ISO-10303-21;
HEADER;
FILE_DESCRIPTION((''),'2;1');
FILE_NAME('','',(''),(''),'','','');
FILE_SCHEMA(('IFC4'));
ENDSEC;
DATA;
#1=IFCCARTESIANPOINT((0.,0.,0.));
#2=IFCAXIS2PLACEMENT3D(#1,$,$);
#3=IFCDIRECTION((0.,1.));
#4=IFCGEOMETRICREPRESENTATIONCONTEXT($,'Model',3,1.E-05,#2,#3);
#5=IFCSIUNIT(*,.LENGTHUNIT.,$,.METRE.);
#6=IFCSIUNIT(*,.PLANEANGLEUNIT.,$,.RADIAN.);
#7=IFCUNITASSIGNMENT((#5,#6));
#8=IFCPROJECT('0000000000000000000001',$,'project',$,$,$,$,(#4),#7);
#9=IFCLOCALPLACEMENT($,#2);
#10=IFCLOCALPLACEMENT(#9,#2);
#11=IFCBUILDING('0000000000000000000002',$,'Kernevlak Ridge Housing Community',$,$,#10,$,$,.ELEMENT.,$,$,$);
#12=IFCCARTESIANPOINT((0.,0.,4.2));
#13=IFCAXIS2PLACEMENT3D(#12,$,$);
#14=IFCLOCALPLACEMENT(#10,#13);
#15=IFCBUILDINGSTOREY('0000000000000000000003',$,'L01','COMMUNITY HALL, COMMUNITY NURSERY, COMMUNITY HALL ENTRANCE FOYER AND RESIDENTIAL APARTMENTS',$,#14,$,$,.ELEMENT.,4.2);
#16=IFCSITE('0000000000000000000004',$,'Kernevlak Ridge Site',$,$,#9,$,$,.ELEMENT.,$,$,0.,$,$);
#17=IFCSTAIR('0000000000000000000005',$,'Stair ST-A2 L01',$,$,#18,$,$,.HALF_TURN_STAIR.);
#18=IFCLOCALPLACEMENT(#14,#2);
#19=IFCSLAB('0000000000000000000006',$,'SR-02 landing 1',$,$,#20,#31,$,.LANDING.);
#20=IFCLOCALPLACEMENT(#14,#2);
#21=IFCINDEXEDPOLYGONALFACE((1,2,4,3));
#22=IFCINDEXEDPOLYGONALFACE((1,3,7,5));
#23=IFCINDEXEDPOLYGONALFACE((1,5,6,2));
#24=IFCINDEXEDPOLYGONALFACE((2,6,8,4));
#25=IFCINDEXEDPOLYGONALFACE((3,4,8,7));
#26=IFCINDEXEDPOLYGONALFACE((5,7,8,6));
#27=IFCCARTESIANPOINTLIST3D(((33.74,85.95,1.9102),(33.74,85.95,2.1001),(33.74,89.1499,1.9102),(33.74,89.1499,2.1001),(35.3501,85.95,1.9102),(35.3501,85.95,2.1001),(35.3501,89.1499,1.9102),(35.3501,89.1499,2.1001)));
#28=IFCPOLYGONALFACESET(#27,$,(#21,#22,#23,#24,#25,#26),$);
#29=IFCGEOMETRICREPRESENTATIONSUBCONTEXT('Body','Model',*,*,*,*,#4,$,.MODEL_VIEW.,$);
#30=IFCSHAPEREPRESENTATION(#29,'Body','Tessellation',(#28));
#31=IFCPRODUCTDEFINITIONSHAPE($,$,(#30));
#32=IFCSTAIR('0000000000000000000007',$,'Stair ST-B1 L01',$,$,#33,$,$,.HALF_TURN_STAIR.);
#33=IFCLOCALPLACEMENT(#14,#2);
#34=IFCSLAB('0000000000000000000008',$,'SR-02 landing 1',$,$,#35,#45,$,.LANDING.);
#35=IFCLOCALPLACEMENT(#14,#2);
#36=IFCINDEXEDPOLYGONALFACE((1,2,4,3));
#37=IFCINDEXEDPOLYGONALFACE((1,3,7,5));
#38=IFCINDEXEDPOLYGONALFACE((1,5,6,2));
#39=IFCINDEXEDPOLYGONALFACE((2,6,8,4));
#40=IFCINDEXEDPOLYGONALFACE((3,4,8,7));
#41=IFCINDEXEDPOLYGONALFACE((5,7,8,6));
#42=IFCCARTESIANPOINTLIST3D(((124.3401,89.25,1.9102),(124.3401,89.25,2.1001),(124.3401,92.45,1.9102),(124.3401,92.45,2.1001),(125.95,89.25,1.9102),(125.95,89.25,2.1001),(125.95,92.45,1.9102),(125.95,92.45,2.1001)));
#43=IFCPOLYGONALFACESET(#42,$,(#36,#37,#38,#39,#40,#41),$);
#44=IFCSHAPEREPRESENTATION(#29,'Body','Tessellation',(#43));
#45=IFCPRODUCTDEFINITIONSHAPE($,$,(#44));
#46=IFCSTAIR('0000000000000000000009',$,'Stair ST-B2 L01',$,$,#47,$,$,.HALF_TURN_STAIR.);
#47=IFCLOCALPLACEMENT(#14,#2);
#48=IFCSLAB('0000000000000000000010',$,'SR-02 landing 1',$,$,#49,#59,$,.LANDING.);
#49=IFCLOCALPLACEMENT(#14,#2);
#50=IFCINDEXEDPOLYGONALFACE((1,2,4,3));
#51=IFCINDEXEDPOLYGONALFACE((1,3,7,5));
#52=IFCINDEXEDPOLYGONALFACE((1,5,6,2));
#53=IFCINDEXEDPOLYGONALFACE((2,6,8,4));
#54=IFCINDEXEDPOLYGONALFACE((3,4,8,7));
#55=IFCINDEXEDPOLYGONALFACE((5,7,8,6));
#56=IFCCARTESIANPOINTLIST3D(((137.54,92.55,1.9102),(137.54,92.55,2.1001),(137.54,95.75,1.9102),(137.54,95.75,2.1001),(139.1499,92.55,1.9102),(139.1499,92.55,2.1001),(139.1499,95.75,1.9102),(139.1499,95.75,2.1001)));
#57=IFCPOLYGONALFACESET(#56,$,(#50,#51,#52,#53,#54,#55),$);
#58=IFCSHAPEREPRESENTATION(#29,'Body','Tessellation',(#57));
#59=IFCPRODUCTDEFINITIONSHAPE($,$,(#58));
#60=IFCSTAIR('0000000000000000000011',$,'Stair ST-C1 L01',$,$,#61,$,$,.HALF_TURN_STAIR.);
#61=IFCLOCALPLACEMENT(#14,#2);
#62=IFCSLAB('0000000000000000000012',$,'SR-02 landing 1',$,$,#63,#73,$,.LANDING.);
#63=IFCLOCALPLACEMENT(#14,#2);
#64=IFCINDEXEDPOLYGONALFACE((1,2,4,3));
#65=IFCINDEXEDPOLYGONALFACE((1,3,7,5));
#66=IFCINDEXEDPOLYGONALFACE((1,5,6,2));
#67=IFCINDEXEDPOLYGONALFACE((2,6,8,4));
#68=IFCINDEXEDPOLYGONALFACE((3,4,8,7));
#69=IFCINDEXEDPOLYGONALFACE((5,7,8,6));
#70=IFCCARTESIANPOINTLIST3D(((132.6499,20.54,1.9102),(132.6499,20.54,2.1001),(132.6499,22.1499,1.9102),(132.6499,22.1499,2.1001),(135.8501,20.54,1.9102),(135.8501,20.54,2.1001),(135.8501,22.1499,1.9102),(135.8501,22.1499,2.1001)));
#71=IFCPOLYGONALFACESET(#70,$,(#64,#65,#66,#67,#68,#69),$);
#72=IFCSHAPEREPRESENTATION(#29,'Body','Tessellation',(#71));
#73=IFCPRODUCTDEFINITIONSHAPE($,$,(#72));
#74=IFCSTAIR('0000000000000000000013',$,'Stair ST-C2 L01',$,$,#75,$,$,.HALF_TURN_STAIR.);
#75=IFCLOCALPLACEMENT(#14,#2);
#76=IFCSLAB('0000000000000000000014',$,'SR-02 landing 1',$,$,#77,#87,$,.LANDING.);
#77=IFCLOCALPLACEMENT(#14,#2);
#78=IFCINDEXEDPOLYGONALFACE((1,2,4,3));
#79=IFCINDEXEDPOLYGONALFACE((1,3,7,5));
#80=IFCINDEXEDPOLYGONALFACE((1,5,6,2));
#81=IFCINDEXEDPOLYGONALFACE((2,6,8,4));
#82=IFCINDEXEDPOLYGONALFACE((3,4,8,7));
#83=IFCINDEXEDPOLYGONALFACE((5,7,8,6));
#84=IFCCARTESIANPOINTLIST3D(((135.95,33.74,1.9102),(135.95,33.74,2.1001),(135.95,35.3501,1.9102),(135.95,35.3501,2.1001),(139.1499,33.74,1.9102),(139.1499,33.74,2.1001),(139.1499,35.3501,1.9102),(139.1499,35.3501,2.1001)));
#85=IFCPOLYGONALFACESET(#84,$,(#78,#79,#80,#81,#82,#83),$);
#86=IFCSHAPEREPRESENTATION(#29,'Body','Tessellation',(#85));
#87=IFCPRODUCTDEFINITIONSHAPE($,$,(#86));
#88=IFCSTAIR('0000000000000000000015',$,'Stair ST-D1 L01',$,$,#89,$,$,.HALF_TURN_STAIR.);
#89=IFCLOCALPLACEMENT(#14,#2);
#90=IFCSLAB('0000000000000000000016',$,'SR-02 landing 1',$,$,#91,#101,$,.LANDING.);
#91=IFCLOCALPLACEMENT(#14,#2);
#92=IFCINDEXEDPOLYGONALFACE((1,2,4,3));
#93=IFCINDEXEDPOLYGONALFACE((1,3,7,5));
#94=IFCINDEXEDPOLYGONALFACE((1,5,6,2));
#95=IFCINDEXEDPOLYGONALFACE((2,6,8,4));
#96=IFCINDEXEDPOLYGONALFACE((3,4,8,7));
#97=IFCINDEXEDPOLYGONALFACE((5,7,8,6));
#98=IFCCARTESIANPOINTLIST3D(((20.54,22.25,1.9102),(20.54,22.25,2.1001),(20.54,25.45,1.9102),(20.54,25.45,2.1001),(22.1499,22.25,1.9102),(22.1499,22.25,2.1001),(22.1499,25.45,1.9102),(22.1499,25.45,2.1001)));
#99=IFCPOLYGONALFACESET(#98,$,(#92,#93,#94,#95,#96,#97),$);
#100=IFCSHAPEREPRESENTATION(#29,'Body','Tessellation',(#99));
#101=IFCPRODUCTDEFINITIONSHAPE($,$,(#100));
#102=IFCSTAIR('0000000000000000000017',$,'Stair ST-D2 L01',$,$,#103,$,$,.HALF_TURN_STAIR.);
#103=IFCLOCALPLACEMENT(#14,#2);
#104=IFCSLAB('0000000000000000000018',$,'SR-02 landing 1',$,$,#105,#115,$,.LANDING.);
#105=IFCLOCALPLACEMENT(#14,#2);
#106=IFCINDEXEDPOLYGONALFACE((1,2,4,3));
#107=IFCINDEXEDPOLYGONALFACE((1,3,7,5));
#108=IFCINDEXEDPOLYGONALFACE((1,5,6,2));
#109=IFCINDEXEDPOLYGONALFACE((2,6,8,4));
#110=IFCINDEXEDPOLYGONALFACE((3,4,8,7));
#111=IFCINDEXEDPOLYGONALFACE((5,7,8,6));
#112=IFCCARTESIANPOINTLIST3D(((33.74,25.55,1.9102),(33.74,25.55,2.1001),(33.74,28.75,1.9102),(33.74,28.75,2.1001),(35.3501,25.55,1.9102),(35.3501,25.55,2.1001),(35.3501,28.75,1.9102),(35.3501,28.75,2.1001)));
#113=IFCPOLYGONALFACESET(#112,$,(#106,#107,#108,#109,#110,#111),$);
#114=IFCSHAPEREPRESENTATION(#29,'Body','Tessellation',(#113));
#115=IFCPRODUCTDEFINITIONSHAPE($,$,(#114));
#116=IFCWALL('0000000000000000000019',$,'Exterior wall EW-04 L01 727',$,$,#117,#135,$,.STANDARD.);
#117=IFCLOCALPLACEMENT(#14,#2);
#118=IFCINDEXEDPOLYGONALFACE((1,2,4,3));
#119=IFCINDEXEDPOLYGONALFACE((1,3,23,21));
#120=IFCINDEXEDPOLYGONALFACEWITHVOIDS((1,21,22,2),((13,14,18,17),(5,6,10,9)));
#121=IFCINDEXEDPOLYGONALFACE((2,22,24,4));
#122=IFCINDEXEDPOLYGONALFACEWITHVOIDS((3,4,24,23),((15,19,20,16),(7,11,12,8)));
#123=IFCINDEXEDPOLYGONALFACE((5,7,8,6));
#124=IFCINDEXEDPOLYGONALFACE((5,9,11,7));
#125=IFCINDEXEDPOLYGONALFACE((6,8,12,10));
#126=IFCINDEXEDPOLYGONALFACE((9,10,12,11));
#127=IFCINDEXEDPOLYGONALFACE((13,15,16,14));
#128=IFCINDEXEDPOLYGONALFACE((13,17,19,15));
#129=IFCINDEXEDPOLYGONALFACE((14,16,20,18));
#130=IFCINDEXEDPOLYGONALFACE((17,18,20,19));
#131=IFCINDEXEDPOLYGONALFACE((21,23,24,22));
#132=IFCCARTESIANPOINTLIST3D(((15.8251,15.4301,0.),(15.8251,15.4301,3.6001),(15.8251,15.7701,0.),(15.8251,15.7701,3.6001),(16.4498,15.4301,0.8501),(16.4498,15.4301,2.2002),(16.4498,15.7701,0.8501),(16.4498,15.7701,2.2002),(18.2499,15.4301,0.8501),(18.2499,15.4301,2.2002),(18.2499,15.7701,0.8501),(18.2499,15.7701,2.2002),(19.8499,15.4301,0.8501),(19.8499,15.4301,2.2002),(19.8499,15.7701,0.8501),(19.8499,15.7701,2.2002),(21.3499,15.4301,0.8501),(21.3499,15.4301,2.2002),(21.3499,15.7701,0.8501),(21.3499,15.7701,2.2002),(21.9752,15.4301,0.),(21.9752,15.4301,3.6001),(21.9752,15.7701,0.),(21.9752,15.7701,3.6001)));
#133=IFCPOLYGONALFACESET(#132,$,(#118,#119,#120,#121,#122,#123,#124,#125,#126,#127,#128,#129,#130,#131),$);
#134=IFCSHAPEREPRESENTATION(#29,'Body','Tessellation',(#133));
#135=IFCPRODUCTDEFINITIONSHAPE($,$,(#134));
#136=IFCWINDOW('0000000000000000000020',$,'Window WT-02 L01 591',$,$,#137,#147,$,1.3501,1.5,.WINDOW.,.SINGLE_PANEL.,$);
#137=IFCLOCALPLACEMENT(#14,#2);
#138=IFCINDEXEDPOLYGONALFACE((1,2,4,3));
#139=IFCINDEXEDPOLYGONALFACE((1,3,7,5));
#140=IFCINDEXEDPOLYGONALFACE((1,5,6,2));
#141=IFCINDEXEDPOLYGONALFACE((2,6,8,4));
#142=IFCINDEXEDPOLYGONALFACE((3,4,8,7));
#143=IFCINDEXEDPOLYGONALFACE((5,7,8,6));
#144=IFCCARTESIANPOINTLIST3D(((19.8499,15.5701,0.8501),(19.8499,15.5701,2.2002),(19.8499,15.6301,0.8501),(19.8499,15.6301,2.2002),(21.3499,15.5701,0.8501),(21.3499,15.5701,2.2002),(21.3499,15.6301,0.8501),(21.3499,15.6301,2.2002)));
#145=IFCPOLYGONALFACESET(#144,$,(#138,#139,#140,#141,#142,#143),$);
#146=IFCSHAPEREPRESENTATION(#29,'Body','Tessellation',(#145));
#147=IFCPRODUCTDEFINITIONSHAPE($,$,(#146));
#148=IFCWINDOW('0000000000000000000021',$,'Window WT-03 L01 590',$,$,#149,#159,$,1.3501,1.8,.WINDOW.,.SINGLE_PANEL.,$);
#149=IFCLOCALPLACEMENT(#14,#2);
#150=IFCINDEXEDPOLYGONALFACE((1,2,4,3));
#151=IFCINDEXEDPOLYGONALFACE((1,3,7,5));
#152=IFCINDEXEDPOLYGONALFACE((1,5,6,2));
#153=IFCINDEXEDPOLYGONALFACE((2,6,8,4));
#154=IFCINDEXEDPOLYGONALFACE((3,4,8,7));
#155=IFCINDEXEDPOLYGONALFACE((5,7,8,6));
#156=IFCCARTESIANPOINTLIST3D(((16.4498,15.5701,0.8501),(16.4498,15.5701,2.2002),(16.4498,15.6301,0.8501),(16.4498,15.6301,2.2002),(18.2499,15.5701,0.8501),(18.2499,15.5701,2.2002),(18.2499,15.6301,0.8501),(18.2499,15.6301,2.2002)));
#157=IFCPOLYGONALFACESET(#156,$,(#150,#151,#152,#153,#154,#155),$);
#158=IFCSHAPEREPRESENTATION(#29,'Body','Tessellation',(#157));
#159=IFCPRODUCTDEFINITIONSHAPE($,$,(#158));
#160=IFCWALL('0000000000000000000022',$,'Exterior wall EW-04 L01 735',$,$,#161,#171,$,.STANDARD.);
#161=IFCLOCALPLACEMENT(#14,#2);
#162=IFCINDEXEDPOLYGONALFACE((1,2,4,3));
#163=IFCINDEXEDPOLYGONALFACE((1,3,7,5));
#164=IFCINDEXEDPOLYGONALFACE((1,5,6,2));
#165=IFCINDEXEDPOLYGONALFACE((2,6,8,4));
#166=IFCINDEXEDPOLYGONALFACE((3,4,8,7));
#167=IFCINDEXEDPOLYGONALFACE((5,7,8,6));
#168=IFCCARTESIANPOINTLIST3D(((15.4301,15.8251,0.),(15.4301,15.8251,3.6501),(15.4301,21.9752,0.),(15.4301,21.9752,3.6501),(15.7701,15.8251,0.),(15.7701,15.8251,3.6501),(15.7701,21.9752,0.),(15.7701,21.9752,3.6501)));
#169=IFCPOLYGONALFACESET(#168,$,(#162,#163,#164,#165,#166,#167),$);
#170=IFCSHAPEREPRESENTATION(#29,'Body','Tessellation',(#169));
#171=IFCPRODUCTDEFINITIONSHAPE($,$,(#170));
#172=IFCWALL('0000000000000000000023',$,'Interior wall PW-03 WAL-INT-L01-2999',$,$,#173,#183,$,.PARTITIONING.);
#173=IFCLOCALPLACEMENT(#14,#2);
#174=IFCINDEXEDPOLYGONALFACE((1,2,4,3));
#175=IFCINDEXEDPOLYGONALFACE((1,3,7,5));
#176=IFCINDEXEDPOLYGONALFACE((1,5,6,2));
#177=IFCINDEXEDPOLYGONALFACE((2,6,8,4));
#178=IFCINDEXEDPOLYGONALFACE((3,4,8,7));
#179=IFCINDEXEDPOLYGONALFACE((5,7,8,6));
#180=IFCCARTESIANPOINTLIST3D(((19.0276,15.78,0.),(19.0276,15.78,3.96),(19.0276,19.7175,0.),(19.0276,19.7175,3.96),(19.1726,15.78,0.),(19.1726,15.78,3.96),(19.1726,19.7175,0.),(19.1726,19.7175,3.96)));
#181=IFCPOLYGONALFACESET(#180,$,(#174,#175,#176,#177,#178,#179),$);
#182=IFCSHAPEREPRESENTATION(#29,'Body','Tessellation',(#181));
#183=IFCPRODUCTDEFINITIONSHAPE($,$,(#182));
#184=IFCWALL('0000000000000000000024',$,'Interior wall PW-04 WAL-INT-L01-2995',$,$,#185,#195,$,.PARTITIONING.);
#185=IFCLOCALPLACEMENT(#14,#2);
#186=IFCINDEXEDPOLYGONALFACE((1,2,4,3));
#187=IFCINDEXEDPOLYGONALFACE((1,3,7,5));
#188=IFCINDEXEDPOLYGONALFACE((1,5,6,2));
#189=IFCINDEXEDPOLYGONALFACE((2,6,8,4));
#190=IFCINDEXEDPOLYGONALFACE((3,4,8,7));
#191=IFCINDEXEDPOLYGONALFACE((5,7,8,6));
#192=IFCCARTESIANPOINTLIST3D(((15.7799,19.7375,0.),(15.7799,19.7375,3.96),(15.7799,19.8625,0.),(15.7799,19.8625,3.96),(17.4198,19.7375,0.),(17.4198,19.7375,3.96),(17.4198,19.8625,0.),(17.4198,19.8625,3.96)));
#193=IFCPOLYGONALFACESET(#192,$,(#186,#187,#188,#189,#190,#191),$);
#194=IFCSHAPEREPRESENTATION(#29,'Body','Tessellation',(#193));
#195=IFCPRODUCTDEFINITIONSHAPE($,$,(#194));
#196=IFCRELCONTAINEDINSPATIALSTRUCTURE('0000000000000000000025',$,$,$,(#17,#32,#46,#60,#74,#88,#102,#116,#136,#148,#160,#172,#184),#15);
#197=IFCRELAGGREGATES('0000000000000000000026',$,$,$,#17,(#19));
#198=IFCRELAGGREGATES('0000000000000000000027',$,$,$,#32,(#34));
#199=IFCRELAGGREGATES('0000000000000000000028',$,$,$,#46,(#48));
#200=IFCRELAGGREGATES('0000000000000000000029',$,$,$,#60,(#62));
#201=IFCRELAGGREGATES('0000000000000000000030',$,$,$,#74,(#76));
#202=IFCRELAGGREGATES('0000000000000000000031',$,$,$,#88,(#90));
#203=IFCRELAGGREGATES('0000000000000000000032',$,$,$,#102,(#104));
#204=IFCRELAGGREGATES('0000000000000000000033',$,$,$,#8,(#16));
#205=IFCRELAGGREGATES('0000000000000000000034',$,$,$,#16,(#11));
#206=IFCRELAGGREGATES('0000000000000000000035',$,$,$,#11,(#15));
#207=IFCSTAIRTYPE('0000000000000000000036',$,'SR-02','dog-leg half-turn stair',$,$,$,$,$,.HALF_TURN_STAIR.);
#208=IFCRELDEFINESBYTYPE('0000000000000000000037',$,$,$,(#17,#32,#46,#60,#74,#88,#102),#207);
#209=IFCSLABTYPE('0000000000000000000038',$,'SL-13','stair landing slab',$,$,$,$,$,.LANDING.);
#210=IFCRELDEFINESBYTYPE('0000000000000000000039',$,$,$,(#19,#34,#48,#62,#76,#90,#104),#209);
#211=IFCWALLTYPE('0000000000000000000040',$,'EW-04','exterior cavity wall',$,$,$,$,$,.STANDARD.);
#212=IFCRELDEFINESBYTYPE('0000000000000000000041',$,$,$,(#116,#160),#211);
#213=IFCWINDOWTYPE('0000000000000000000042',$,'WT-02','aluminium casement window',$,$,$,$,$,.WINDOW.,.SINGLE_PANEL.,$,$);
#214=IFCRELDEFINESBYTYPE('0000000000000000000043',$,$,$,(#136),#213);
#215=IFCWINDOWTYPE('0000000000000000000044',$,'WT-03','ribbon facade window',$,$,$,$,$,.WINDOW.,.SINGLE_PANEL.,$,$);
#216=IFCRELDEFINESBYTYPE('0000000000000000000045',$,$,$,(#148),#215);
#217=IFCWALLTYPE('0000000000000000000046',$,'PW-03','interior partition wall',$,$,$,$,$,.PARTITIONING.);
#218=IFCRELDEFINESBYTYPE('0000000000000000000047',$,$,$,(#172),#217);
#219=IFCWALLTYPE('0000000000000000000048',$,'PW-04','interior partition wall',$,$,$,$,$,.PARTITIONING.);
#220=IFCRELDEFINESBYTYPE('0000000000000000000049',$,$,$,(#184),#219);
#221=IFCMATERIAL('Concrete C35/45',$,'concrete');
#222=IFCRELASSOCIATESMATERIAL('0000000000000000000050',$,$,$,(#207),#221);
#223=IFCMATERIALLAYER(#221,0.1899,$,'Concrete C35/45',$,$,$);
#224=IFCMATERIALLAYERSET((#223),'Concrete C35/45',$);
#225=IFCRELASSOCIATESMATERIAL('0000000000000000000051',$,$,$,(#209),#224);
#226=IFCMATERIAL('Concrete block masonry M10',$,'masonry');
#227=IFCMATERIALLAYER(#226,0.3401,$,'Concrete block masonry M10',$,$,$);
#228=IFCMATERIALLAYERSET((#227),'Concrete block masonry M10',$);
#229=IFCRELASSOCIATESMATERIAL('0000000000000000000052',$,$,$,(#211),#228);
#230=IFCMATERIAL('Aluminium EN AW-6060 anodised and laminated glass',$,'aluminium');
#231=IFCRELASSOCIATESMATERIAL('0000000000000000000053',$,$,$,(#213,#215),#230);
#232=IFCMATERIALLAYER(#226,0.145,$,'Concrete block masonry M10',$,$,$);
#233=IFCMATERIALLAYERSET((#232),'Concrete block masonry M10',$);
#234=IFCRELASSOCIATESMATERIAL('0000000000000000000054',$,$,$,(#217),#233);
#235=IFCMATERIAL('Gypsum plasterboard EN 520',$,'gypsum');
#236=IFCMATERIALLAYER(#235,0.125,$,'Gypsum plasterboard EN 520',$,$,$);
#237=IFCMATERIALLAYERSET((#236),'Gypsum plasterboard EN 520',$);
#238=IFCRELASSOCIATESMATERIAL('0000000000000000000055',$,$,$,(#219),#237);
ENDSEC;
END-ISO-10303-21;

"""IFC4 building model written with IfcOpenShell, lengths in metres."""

from ifc_helpers import new_model, si_unit, direction, frame, frame_2d, origin, place, context, subcontext, project, spatial, polyline, rectangle, outline, extrude, material, layer, layer_set, type_object, element, fill, aggregate, save


model = new_model("IFC4")

# Units and contexts
model_context = context("Model", 3, precision=1e-05, world=origin(), true_north=direction((0.0, 1.0)))
body_context = subcontext(model_context, "Body", "Model", "MODEL_VIEW")
ifc_project = project(units=[si_unit("LENGTHUNIT", "METRE"), si_unit("PLANEANGLEUNIT", "RADIAN")], contexts=[model_context])

# Site, building, storey
site_placement = place(None, origin())
site = spatial("IfcSite", under=ifc_project, at=site_placement, Name="Kernevlak Ridge Site", CompositionType="ELEMENT", RefElevation=0.0)
building_placement = place(site_placement, origin())
building = spatial("IfcBuilding", under=site, at=building_placement, Name="Kernevlak Ridge Housing Community", CompositionType="ELEMENT")
storey_placement = place(building_placement, frame((0.0, 0.0, 4.2)))
storey = spatial("IfcBuildingStorey", under=building, at=storey_placement, Name="L01", Description="COMMUNITY HALL, COMMUNITY NURSERY, COMMUNITY HALL ENTRANCE FOYER AND RESIDENTIAL APARTMENTS", CompositionType="ELEMENT", Elevation=4.2)

# Shared definitions
ifc_material_1 = material(Name="Concrete C35/45", Category="concrete")

# Stairs, slabs
stair_type = type_object("IfcStairType", Name="SR-02", Description="dog-leg half-turn stair", PredefinedType="HALF_TURN_STAIR", material=ifc_material_1)
ifc_layer_1 = layer(ifc_material_1, 0.1899, Name="Concrete C35/45")
ifc_layer_set_1 = layer_set([ifc_layer_1], Name="Concrete C35/45")
slab_type_1 = type_object("IfcSlabType", Name="SL-13", Description="stair landing slab", PredefinedType="LANDING", material=ifc_layer_set_1)
stair_1_placement = place(storey_placement, origin())
stair_1 = element("IfcStair", 1, at=stair_1_placement, inside=storey, type_object=stair_type, Name="Stair ST-A2 L01", PredefinedType="HALF_TURN_STAIR")
slab_1_placement = place(storey_placement, frame((0.0, 0.0, 1.9102)))
slab_1 = element("IfcSlab", 2, at=slab_1_placement, type_object=slab_type_1, Name="SR-02 landing 1", PredefinedType="LANDING", context=body_context, shape_type="SweptSolid", body=[
    extrude(outline(polyline([(33.74, 85.95), (35.3501, 85.95), (35.3501, 89.1499), (33.74, 89.1499), (33.74, 85.95)])), origin(), (0.0, 0.0, 1.0), 0.1899),
])
aggregate(stair_1, [slab_1])
stair_2_placement = place(storey_placement, origin())
stair_2 = element("IfcStair", 3, at=stair_2_placement, inside=storey, type_object=stair_type, Name="Stair ST-B1 L01", PredefinedType="HALF_TURN_STAIR")
slab_2_placement = place(storey_placement, frame((0.0, 0.0, 1.9102)))
slab_2 = element("IfcSlab", 4, at=slab_2_placement, type_object=slab_type_1, Name="SR-02 landing 1", PredefinedType="LANDING", context=body_context, shape_type="SweptSolid", body=[
    extrude(outline(polyline([(124.3401, 89.25), (125.95, 89.25), (125.95, 92.45), (124.3401, 92.45), (124.3401, 89.25)])), origin(), (0.0, 0.0, 1.0), 0.1899),
])
aggregate(stair_2, [slab_2])
stair_3_placement = place(storey_placement, origin())
stair_3 = element("IfcStair", 5, at=stair_3_placement, inside=storey, type_object=stair_type, Name="Stair ST-B2 L01", PredefinedType="HALF_TURN_STAIR")
slab_3_placement = place(storey_placement, frame((0.0, 0.0, 1.9102)))
slab_3 = element("IfcSlab", 6, at=slab_3_placement, type_object=slab_type_1, Name="SR-02 landing 1", PredefinedType="LANDING", context=body_context, shape_type="SweptSolid", body=[
    extrude(outline(polyline([(137.54, 92.55), (139.1499, 92.55), (139.1499, 95.75), (137.54, 95.75), (137.54, 92.55)])), origin(), (0.0, 0.0, 1.0), 0.1899),
])
aggregate(stair_3, [slab_3])
stair_4_placement = place(storey_placement, origin())
stair_4 = element("IfcStair", 7, at=stair_4_placement, inside=storey, type_object=stair_type, Name="Stair ST-C1 L01", PredefinedType="HALF_TURN_STAIR")
slab_4_placement = place(storey_placement, frame((0.0, 0.0, 1.9102)))
slab_4 = element("IfcSlab", 8, at=slab_4_placement, type_object=slab_type_1, Name="SR-02 landing 1", PredefinedType="LANDING", context=body_context, shape_type="SweptSolid", body=[
    extrude(outline(polyline([(135.8501, 20.54), (135.8501, 22.1499), (132.6499, 22.1499), (132.6499, 20.54), (135.8501, 20.54)])), origin(), (0.0, 0.0, 1.0), 0.1899),
])
aggregate(stair_4, [slab_4])
stair_5_placement = place(storey_placement, origin())
stair_5 = element("IfcStair", 9, at=stair_5_placement, inside=storey, type_object=stair_type, Name="Stair ST-C2 L01", PredefinedType="HALF_TURN_STAIR")
slab_5_placement = place(storey_placement, frame((0.0, 0.0, 1.9102)))
slab_5 = element("IfcSlab", 10, at=slab_5_placement, type_object=slab_type_1, Name="SR-02 landing 1", PredefinedType="LANDING", context=body_context, shape_type="SweptSolid", body=[
    extrude(outline(polyline([(139.1499, 33.74), (139.1499, 35.3501), (135.95, 35.3501), (135.95, 33.74), (139.1499, 33.74)])), origin(), (0.0, 0.0, 1.0), 0.1899),
])
aggregate(stair_5, [slab_5])
stair_6_placement = place(storey_placement, origin())
stair_6 = element("IfcStair", 11, at=stair_6_placement, inside=storey, type_object=stair_type, Name="Stair ST-D1 L01", PredefinedType="HALF_TURN_STAIR")
slab_6_placement = place(storey_placement, frame((0.0, 0.0, 1.9102)))
slab_6 = element("IfcSlab", 12, at=slab_6_placement, type_object=slab_type_1, Name="SR-02 landing 1", PredefinedType="LANDING", context=body_context, shape_type="SweptSolid", body=[
    extrude(outline(polyline([(20.54, 22.25), (22.1499, 22.25), (22.1499, 25.45), (20.54, 25.45), (20.54, 22.25)])), origin(), (0.0, 0.0, 1.0), 0.1899),
])
aggregate(stair_6, [slab_6])
stair_7_placement = place(storey_placement, origin())
stair_7 = element("IfcStair", 13, at=stair_7_placement, inside=storey, type_object=stair_type, Name="Stair ST-D2 L01", PredefinedType="HALF_TURN_STAIR")
slab_7_placement = place(storey_placement, frame((0.0, 0.0, 1.9102)))
slab_7 = element("IfcSlab", 14, at=slab_7_placement, type_object=slab_type_1, Name="SR-02 landing 1", PredefinedType="LANDING", context=body_context, shape_type="SweptSolid", body=[
    extrude(outline(polyline([(33.74, 25.55), (35.3501, 25.55), (35.3501, 28.75), (33.74, 28.75), (33.74, 25.55)])), origin(), (0.0, 0.0, 1.0), 0.1899),
])
aggregate(stair_7, [slab_7])

# Wall, openings, windows
ifc_material_2 = material(Name="Concrete block masonry M10", Category="masonry")
ifc_layer_2 = layer(ifc_material_2, 0.3401, Name="Concrete block masonry M10")
ifc_layer_set_2 = layer_set([ifc_layer_2], Name="Concrete block masonry M10")
wall_type_1 = type_object("IfcWallType", Name="EW-04", Description="exterior cavity wall", PredefinedType="STANDARD", material=ifc_layer_set_2)
wall_1_placement = place(storey_placement, frame((15.825, 15.6001, 0.0), z_axis=(0.0, 0.0, 1.0), x_axis=(1.0, 0.0, 0.0)))
wall_1 = element("IfcWall", 15, at=wall_1_placement, inside=storey, type_object=wall_type_1, Name="Exterior wall EW-04 L01 727", PredefinedType="STANDARD", context=body_context, shape_type="SweptSolid", body=[
    extrude(rectangle(XDim=6.1501, YDim=0.3401, at=frame_2d((3.0752, 0.0))), origin(), (0.0, 0.0, 1.0), 3.6001),
])
opening_1_placement = place(wall_1_placement, frame((0.625, 0.0, 0.8501)))
opening_1 = element("IfcOpeningElement", 16, at=opening_1_placement, cuts=wall_1, PredefinedType="OPENING", context=body_context, shape_type="SweptSolid", body=[
    extrude(rectangle(XDim=1.8, YDim=1.3501, at=frame_2d((0.8999, 0.675))), frame((0.0, 0.1799, 0.0), z_axis=(0.0, -1.0, 0.0), x_axis=(1.0, 0.0, 0.0)), (0.0, 0.0, 1.0), 0.3601),
])
opening_2_placement = place(wall_1_placement, frame((4.0249, 0.0, 0.8501)))
opening_2 = element("IfcOpeningElement", 17, at=opening_2_placement, cuts=wall_1, PredefinedType="OPENING", context=body_context, shape_type="SweptSolid", body=[
    extrude(rectangle(XDim=1.5, YDim=1.3501, at=frame_2d((0.75, 0.675))), frame((0.0, 0.1799, 0.0), z_axis=(0.0, -1.0, 0.0), x_axis=(1.0, 0.0, 0.0)), (0.0, 0.0, 1.0), 0.3601),
])
ifc_material_3 = material(Name="Aluminium EN AW-6060 anodised and laminated glass", Category="aluminium")
window_type_1 = type_object("IfcWindowType", Name="WT-02", Description="aluminium casement window", PartitioningType="SINGLE_PANEL", PredefinedType="WINDOW", material=ifc_material_3)
window_1_placement = place(opening_2_placement, origin())
window_1 = element("IfcWindow", 18, at=window_1_placement, inside=storey, type_object=window_type_1, Name="Window WT-02 L01 591", OverallHeight=1.3501, OverallWidth=1.5, PartitioningType="SINGLE_PANEL", PredefinedType="WINDOW", context=body_context, shape_type="SweptSolid", body=[
    extrude(rectangle(XDim=1.5, YDim=1.3501, at=frame_2d((0.75, 0.675))), frame((0.0, 0.03, 0.0), z_axis=(0.0, -1.0, 0.0), x_axis=(1.0, 0.0, 0.0)), (0.0, 0.0, 1.0), 0.0601),
])
fill(opening_2, window_1)
window_type_2 = type_object("IfcWindowType", Name="WT-03", Description="ribbon facade window", PartitioningType="SINGLE_PANEL", PredefinedType="WINDOW", material=ifc_material_3)
window_2_placement = place(opening_1_placement, origin())
window_2 = element("IfcWindow", 19, at=window_2_placement, inside=storey, type_object=window_type_2, Name="Window WT-03 L01 590", OverallHeight=1.3501, OverallWidth=1.8, PartitioningType="SINGLE_PANEL", PredefinedType="WINDOW", context=body_context, shape_type="SweptSolid", body=[
    extrude(rectangle(XDim=1.8, YDim=1.3501, at=frame_2d((0.8999, 0.675))), frame((0.0, 0.03, 0.0), z_axis=(0.0, -1.0, 0.0), x_axis=(1.0, 0.0, 0.0)), (0.0, 0.0, 1.0), 0.0601),
])
fill(opening_1, window_2)

# Walls
wall_2_placement = place(storey_placement, frame((15.6001, 15.825, 0.0), z_axis=(0.0, 0.0, 1.0), x_axis=(0.0, 1.0, 0.0)))
element("IfcWall", 20, at=wall_2_placement, inside=storey, type_object=wall_type_1, Name="Exterior wall EW-04 L01 735", PredefinedType="STANDARD", context=body_context, shape_type="SweptSolid", body=[
    extrude(rectangle(XDim=6.1501, YDim=0.3401, at=frame_2d((3.0752, 0.0))), origin(), (0.0, 0.0, 1.0), 3.6501),
])
ifc_layer_3 = layer(ifc_material_2, 0.145, Name="Concrete block masonry M10")
ifc_layer_set_3 = layer_set([ifc_layer_3], Name="Concrete block masonry M10")
wall_type_2 = type_object("IfcWallType", Name="PW-03", Description="interior partition wall", PredefinedType="PARTITIONING", material=ifc_layer_set_3)
wall_3_placement = place(storey_placement, frame((19.1001, 19.7175, 0.0), z_axis=(0.0, 0.0, 1.0), x_axis=(0.0, -1.0, 0.0)))
element("IfcWall", 21, at=wall_3_placement, inside=storey, type_object=wall_type_2, Name="Interior wall PW-03 WAL-INT-L01-2999", PredefinedType="PARTITIONING", context=body_context, shape_type="SweptSolid", body=[
    extrude(rectangle(XDim=3.9375, YDim=0.145, at=frame_2d((1.9688, 0.0))), origin(), (0.0, 0.0, 1.0), 3.96),
])
ifc_material_4 = material(Name="Gypsum plasterboard EN 520", Category="gypsum")
ifc_layer_4 = layer(ifc_material_4, 0.125, Name="Gypsum plasterboard EN 520")
ifc_layer_set_4 = layer_set([ifc_layer_4], Name="Gypsum plasterboard EN 520")
wall_type_3 = type_object("IfcWallType", Name="PW-04", Description="interior partition wall", PredefinedType="PARTITIONING", material=ifc_layer_set_4)
wall_4_placement = place(storey_placement, frame((15.78, 19.8, 0.0), z_axis=(0.0, 0.0, 1.0), x_axis=(1.0, 0.0, 0.0)))
element("IfcWall", 22, at=wall_4_placement, inside=storey, type_object=wall_type_3, Name="Interior wall PW-04 WAL-INT-L01-2995", PredefinedType="PARTITIONING", context=body_context, shape_type="SweptSolid", body=[
    extrude(rectangle(XDim=1.6399, YDim=0.125, at=frame_2d((0.8198, 0.0))), origin(), (0.0, 0.0, 1.0), 3.96),
])

save(model, "model.ifc")
